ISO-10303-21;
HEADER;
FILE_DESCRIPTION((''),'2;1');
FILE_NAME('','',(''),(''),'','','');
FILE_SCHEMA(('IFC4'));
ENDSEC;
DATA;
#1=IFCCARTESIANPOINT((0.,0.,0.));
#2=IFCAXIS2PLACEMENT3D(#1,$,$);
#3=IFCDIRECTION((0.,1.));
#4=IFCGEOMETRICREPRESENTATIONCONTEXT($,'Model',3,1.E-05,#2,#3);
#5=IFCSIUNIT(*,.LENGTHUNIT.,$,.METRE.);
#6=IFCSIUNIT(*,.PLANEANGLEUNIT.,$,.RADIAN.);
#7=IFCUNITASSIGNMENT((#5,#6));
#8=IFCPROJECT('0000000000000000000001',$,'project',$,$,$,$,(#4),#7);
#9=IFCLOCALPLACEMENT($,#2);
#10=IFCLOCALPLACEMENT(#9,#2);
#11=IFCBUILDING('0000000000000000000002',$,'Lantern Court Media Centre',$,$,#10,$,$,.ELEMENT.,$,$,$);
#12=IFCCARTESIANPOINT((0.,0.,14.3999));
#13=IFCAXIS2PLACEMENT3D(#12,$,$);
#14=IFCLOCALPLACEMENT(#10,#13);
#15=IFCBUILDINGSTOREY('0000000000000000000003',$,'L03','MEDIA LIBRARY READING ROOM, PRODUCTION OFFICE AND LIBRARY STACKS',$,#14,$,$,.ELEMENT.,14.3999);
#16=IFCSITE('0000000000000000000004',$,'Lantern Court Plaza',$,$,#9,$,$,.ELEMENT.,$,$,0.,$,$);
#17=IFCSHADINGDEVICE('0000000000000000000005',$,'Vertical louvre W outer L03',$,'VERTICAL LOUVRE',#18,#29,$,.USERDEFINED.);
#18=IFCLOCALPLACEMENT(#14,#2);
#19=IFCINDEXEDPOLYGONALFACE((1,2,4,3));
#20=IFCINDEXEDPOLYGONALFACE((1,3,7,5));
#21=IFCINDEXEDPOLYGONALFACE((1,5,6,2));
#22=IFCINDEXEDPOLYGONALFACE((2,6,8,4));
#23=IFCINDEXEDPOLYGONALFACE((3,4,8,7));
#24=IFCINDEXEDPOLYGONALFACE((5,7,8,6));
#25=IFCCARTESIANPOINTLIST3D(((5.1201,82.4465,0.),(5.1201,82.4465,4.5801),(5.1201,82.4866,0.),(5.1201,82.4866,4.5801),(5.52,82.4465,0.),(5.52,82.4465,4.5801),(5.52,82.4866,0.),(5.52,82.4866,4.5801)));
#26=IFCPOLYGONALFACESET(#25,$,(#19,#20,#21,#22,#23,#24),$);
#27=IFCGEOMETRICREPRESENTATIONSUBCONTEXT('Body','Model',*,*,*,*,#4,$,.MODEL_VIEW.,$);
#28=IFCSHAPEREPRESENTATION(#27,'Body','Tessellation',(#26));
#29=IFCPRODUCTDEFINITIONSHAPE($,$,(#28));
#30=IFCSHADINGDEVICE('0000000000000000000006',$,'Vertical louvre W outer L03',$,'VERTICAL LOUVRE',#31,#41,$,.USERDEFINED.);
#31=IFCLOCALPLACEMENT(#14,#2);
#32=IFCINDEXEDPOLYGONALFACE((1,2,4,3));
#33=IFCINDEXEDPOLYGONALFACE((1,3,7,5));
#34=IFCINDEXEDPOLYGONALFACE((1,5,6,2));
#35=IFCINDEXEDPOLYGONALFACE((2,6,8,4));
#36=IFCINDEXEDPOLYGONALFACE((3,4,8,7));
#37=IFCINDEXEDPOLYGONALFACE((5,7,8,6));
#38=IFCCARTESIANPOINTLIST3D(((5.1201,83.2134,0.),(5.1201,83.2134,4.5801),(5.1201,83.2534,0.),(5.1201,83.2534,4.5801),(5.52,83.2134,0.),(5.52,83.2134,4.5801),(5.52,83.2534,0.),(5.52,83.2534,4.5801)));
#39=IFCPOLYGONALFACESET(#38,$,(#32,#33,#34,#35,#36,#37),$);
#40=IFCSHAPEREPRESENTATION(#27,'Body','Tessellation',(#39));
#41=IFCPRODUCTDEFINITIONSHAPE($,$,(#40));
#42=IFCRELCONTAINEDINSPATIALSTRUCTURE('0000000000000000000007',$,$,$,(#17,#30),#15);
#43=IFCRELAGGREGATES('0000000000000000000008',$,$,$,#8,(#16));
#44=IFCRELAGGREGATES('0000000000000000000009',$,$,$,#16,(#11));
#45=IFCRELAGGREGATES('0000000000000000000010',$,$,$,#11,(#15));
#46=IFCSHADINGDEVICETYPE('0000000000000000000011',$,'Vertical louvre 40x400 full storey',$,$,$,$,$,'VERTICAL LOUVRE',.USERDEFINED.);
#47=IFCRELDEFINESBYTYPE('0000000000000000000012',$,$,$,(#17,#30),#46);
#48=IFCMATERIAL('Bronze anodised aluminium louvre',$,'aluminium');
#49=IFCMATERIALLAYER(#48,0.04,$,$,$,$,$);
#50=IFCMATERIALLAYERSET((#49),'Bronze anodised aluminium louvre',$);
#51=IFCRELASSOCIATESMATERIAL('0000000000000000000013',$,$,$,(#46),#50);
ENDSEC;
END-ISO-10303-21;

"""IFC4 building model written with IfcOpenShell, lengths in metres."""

from ifc_helpers import new_model, si_unit, direction, frame, origin, origin_2d, place, context, subcontext, project, spatial, rectangle, extrude, material, layer, layer_set, type_object, element, save


model = new_model("IFC4")

# Units and contexts
model_context = context("Model", 3, precision=1e-05, world=origin(), true_north=direction((0.0, 1.0)))
body_context = subcontext(model_context, "Body", "Model", "MODEL_VIEW")
ifc_project = project(units=[si_unit("LENGTHUNIT", "METRE"), si_unit("PLANEANGLEUNIT", "RADIAN")], contexts=[model_context])

# Site, building, storey
site_placement = place(None, origin())
site = spatial("IfcSite", under=ifc_project, at=site_placement, Name="Lantern Court Plaza", CompositionType="ELEMENT", RefElevation=0.0)
building_placement = place(site_placement, origin())
building = spatial("IfcBuilding", under=site, at=building_placement, Name="Lantern Court Media Centre", CompositionType="ELEMENT")
storey_placement = place(building_placement, frame((0.0, 0.0, 14.3999)))
storey = spatial("IfcBuildingStorey", under=building, at=storey_placement, Name="L03", Description="MEDIA LIBRARY READING ROOM, PRODUCTION OFFICE AND LIBRARY STACKS", CompositionType="ELEMENT", Elevation=14.3999)

# Shading devices
ifc_material_1 = material(Name="Bronze anodised aluminium louvre", Category="aluminium")
ifc_layer_1 = layer(ifc_material_1, 0.04)
ifc_layer_set_1 = layer_set([ifc_layer_1], Name="Bronze anodised aluminium louvre")
shading_device_type = type_object("IfcShadingDeviceType", Name="Vertical louvre 40x400 full storey", ElementType="VERTICAL LOUVRE", PredefinedType="USERDEFINED", material=ifc_layer_set_1)
for number, where, z_axis, x_axis, name in (
    (1, (5.3201, 82.4666, 0.0), (0.0, 0.0, 1.0), (1.0, 0.0, 0.0), "Vertical louvre W outer L03"),
    (2, (5.3201, 83.2334, 0.0), (0.0, 0.0, 1.0), (1.0, 0.0, 0.0), "Vertical louvre W outer L03"),
):
    element("IfcShadingDevice", number, at=place(storey_placement, frame(where, z_axis=z_axis, x_axis=x_axis)), inside=storey, type_object=shading_device_type, Name=name, ObjectType="VERTICAL LOUVRE", PredefinedType="USERDEFINED", context=body_context, shape_type="SweptSolid", body=[
        extrude(rectangle(XDim=0.3999, YDim=0.04, at=origin_2d()), origin(), (0.0, 0.0, 1.0), 4.5801),
    ])

save(model, "model.ifc")
